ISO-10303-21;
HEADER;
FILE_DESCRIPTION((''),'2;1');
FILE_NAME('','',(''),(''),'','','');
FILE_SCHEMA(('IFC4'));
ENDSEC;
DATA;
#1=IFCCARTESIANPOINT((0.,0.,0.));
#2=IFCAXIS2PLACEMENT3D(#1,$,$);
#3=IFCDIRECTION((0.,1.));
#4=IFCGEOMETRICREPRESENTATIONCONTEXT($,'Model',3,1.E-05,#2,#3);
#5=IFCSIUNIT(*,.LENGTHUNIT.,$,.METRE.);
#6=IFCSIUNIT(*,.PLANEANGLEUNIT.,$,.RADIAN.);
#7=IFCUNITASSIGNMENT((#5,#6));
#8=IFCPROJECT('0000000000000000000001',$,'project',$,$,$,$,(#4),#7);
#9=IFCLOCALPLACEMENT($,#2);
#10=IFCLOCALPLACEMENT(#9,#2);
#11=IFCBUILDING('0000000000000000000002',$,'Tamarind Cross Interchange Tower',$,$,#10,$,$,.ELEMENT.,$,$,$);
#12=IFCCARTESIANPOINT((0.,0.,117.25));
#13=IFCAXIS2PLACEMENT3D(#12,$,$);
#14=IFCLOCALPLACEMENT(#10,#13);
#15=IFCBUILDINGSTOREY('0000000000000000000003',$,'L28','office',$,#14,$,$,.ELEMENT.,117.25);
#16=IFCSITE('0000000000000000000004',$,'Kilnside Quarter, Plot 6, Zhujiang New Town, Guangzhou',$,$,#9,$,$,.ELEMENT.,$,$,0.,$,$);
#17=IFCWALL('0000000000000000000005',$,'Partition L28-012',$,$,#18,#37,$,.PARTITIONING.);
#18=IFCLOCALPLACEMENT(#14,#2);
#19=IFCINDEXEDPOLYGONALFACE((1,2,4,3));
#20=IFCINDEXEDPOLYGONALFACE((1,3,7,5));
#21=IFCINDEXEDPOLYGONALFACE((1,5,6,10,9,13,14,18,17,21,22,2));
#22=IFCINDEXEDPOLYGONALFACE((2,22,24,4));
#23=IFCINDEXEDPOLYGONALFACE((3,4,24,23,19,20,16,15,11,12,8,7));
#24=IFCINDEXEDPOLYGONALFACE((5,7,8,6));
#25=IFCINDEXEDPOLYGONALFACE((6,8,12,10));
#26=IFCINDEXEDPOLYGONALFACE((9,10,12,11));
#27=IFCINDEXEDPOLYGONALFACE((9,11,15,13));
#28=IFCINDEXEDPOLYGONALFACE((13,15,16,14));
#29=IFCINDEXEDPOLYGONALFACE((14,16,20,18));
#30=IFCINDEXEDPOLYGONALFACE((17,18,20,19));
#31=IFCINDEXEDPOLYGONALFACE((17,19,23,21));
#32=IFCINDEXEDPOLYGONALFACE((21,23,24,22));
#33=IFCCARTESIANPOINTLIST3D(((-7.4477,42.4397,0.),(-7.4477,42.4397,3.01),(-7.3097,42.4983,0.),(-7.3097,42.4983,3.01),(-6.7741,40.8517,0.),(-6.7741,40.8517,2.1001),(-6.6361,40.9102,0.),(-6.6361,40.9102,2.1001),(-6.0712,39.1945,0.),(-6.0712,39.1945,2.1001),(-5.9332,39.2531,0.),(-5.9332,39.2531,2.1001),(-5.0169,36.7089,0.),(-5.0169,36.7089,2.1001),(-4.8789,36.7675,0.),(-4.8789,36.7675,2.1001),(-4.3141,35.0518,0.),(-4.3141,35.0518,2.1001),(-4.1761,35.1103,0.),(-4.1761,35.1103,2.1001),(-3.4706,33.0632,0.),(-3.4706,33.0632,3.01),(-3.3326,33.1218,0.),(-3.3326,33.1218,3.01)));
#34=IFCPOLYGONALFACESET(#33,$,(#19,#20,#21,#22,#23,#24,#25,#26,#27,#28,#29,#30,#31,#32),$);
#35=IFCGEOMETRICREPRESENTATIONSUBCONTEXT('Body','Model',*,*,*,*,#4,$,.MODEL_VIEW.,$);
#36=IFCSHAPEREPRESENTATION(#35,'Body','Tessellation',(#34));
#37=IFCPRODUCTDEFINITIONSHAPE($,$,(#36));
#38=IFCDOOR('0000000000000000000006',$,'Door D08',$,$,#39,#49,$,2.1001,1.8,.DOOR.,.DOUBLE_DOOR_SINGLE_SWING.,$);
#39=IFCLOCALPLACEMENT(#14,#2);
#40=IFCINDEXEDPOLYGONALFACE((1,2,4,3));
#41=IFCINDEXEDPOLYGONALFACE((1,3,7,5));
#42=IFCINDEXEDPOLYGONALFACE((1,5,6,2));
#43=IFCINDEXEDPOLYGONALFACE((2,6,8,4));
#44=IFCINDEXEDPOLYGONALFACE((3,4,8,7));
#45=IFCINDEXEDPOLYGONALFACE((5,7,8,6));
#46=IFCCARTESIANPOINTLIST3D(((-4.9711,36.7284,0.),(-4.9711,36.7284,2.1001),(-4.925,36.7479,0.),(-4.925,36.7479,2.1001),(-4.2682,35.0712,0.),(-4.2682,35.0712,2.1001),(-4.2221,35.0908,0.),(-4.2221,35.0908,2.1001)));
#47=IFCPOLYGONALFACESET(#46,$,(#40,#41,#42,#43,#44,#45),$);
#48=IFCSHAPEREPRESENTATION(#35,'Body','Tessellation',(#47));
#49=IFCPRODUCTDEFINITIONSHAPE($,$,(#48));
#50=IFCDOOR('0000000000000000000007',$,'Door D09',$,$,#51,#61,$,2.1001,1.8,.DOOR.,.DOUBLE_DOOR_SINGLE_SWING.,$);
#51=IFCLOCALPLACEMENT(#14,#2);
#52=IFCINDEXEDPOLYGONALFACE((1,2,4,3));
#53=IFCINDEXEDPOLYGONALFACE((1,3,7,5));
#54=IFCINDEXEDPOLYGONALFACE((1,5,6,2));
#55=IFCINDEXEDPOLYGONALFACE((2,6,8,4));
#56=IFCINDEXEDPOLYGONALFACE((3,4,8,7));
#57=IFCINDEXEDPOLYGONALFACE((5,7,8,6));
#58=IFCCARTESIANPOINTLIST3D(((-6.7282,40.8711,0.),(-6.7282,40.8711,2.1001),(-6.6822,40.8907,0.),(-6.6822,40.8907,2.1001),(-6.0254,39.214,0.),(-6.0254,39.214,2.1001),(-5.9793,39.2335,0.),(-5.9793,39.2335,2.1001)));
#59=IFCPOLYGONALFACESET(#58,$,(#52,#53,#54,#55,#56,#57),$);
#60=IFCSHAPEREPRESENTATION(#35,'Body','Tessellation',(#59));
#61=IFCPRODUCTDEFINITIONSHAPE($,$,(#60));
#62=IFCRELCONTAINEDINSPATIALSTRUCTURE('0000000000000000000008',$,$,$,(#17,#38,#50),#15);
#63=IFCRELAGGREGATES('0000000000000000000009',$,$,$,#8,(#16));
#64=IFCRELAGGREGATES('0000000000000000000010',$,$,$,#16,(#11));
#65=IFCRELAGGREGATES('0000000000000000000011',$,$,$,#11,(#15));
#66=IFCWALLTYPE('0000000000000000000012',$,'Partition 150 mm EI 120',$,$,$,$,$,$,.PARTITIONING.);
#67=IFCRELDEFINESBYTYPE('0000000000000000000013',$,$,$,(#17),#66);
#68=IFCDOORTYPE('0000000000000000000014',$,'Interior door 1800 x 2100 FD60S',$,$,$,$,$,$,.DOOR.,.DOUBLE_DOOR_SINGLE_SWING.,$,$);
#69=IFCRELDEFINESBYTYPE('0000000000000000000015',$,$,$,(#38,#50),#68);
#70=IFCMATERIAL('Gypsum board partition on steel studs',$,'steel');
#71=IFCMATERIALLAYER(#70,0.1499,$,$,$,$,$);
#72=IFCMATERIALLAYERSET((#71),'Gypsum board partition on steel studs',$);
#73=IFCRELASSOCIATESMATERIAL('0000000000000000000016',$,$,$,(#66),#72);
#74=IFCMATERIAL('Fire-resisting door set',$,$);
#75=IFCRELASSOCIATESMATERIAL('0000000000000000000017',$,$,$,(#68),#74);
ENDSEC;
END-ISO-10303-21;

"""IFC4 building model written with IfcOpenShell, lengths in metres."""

from ifc_helpers import new_model, si_unit, direction, frame, frame_2d, origin, place, context, subcontext, project, spatial, rectangle, extrude, material, layer, layer_set, type_object, element, fill, save


model = new_model("IFC4")

# Units and contexts
model_context = context("Model", 3, precision=1e-05, world=origin(), true_north=direction((0.0, 1.0)))
body_context = subcontext(model_context, "Body", "Model", "MODEL_VIEW")
ifc_project = project(units=[si_unit("LENGTHUNIT", "METRE"), si_unit("PLANEANGLEUNIT", "RADIAN")], contexts=[model_context])

# Site, building, storey
site_placement = place(None, origin())
site = spatial("IfcSite", under=ifc_project, at=site_placement, Name="Kilnside Quarter, Plot 6, Zhujiang New Town, Guangzhou", CompositionType="ELEMENT", RefElevation=0.0)
building_placement = place(site_placement, origin())
building = spatial("IfcBuilding", under=site, at=building_placement, Name="Tamarind Cross Interchange Tower", CompositionType="ELEMENT")
storey_placement = place(building_placement, frame((0.0, 0.0, 117.25)))
storey = spatial("IfcBuildingStorey", under=building, at=storey_placement, Name="L28", Description="office", CompositionType="ELEMENT", Elevation=117.25)

# Shared definitions
ifc_material_1 = material(Name="Gypsum board partition on steel studs", Category="steel")

# Wall, openings, doors
ifc_layer_1 = layer(ifc_material_1, 0.1499)
ifc_layer_set_1 = layer_set([ifc_layer_1], Name="Gypsum board partition on steel studs")
wall_type_1 = type_object("IfcWallType", Name="Partition 150 mm EI 120", PredefinedType="PARTITIONING", material=ifc_layer_set_1)
ifc_material_2 = material(Name="Fire-resisting door set")
wall_1_placement = place(storey_placement, frame((-7.3787, 42.469, 0.0), z_axis=(0.0, 0.0, 1.0), x_axis=(0.39048, -0.920612, 0.0)))
wall_1 = element("IfcWall", 1, at=wall_1_placement, inside=storey, type_object=wall_type_1, Name="Partition L28-012", PredefinedType="PARTITIONING", context=body_context, shape_type="SweptSolid", body=[
    extrude(rectangle(XDim=10.1851, YDim=0.1499, at=frame_2d((5.0925, 0.0))), origin(), (0.0, 0.0, 1.0), 3.01),
])
opening_1_placement = place(wall_1_placement, frame((6.2251, 0.0, 0.0)))
opening_1 = element("IfcOpeningElement", 2, at=opening_1_placement, cuts=wall_1, PredefinedType="OPENING", context=body_context, shape_type="SweptSolid", body=[
    extrude(rectangle(XDim=1.8, YDim=2.1001, at=frame_2d((0.8999, 1.05))), frame((0.0, 0.085, 0.0), z_axis=(0.0, -1.0, 0.0), x_axis=(1.0, 0.0, 0.0)), (0.0, 0.0, 1.0), 0.1699),
])
opening_2_placement = place(wall_1_placement, frame((1.7251, 0.0, 0.0)))
opening_2 = element("IfcOpeningElement", 3, at=opening_2_placement, cuts=wall_1, PredefinedType="OPENING", context=body_context, shape_type="SweptSolid", body=[
    extrude(rectangle(XDim=1.8, YDim=2.1001, at=frame_2d((0.8999, 1.05))), frame((0.0, 0.085, 0.0), z_axis=(0.0, -1.0, 0.0), x_axis=(1.0, 0.0, 0.0)), (0.0, 0.0, 1.0), 0.1699),
])
door_type_1 = type_object("IfcDoorType", Name="Interior door 1800 x 2100 FD60S", OperationType="DOUBLE_DOOR_SINGLE_SWING", PredefinedType="DOOR", material=ifc_material_2)
door_1_placement = place(opening_1_placement, origin())
door_1 = element("IfcDoor", 4, at=door_1_placement, inside=storey, type_object=door_type_1, Name="Door D08", OperationType="DOUBLE_DOOR_SINGLE_SWING", OverallHeight=2.1001, OverallWidth=1.8, PredefinedType="DOOR", context=body_context, shape_type="SweptSolid", body=[
    extrude(rectangle(XDim=1.8, YDim=2.1001, at=frame_2d((0.8999, 1.05))), frame((0.0, 0.0249, 0.0), z_axis=(0.0, -1.0, 0.0), x_axis=(1.0, 0.0, 0.0)), (0.0, 0.0, 1.0), 0.05),
])
fill(opening_1, door_1)
door_2_placement = place(opening_2_placement, origin())
door_2 = element("IfcDoor", 5, at=door_2_placement, inside=storey, type_object=door_type_1, Name="Door D09", OperationType="DOUBLE_DOOR_SINGLE_SWING", OverallHeight=2.1001, OverallWidth=1.8, PredefinedType="DOOR", context=body_context, shape_type="SweptSolid", body=[
    extrude(rectangle(XDim=1.8, YDim=2.1001, at=frame_2d((0.8999, 1.05))), frame((0.0, 0.0249, 0.0), z_axis=(0.0, -1.0, 0.0), x_axis=(1.0, 0.0, 0.0)), (0.0, 0.0, 1.0), 0.05),
])
fill(opening_2, door_2)

save(model, "model.ifc")
